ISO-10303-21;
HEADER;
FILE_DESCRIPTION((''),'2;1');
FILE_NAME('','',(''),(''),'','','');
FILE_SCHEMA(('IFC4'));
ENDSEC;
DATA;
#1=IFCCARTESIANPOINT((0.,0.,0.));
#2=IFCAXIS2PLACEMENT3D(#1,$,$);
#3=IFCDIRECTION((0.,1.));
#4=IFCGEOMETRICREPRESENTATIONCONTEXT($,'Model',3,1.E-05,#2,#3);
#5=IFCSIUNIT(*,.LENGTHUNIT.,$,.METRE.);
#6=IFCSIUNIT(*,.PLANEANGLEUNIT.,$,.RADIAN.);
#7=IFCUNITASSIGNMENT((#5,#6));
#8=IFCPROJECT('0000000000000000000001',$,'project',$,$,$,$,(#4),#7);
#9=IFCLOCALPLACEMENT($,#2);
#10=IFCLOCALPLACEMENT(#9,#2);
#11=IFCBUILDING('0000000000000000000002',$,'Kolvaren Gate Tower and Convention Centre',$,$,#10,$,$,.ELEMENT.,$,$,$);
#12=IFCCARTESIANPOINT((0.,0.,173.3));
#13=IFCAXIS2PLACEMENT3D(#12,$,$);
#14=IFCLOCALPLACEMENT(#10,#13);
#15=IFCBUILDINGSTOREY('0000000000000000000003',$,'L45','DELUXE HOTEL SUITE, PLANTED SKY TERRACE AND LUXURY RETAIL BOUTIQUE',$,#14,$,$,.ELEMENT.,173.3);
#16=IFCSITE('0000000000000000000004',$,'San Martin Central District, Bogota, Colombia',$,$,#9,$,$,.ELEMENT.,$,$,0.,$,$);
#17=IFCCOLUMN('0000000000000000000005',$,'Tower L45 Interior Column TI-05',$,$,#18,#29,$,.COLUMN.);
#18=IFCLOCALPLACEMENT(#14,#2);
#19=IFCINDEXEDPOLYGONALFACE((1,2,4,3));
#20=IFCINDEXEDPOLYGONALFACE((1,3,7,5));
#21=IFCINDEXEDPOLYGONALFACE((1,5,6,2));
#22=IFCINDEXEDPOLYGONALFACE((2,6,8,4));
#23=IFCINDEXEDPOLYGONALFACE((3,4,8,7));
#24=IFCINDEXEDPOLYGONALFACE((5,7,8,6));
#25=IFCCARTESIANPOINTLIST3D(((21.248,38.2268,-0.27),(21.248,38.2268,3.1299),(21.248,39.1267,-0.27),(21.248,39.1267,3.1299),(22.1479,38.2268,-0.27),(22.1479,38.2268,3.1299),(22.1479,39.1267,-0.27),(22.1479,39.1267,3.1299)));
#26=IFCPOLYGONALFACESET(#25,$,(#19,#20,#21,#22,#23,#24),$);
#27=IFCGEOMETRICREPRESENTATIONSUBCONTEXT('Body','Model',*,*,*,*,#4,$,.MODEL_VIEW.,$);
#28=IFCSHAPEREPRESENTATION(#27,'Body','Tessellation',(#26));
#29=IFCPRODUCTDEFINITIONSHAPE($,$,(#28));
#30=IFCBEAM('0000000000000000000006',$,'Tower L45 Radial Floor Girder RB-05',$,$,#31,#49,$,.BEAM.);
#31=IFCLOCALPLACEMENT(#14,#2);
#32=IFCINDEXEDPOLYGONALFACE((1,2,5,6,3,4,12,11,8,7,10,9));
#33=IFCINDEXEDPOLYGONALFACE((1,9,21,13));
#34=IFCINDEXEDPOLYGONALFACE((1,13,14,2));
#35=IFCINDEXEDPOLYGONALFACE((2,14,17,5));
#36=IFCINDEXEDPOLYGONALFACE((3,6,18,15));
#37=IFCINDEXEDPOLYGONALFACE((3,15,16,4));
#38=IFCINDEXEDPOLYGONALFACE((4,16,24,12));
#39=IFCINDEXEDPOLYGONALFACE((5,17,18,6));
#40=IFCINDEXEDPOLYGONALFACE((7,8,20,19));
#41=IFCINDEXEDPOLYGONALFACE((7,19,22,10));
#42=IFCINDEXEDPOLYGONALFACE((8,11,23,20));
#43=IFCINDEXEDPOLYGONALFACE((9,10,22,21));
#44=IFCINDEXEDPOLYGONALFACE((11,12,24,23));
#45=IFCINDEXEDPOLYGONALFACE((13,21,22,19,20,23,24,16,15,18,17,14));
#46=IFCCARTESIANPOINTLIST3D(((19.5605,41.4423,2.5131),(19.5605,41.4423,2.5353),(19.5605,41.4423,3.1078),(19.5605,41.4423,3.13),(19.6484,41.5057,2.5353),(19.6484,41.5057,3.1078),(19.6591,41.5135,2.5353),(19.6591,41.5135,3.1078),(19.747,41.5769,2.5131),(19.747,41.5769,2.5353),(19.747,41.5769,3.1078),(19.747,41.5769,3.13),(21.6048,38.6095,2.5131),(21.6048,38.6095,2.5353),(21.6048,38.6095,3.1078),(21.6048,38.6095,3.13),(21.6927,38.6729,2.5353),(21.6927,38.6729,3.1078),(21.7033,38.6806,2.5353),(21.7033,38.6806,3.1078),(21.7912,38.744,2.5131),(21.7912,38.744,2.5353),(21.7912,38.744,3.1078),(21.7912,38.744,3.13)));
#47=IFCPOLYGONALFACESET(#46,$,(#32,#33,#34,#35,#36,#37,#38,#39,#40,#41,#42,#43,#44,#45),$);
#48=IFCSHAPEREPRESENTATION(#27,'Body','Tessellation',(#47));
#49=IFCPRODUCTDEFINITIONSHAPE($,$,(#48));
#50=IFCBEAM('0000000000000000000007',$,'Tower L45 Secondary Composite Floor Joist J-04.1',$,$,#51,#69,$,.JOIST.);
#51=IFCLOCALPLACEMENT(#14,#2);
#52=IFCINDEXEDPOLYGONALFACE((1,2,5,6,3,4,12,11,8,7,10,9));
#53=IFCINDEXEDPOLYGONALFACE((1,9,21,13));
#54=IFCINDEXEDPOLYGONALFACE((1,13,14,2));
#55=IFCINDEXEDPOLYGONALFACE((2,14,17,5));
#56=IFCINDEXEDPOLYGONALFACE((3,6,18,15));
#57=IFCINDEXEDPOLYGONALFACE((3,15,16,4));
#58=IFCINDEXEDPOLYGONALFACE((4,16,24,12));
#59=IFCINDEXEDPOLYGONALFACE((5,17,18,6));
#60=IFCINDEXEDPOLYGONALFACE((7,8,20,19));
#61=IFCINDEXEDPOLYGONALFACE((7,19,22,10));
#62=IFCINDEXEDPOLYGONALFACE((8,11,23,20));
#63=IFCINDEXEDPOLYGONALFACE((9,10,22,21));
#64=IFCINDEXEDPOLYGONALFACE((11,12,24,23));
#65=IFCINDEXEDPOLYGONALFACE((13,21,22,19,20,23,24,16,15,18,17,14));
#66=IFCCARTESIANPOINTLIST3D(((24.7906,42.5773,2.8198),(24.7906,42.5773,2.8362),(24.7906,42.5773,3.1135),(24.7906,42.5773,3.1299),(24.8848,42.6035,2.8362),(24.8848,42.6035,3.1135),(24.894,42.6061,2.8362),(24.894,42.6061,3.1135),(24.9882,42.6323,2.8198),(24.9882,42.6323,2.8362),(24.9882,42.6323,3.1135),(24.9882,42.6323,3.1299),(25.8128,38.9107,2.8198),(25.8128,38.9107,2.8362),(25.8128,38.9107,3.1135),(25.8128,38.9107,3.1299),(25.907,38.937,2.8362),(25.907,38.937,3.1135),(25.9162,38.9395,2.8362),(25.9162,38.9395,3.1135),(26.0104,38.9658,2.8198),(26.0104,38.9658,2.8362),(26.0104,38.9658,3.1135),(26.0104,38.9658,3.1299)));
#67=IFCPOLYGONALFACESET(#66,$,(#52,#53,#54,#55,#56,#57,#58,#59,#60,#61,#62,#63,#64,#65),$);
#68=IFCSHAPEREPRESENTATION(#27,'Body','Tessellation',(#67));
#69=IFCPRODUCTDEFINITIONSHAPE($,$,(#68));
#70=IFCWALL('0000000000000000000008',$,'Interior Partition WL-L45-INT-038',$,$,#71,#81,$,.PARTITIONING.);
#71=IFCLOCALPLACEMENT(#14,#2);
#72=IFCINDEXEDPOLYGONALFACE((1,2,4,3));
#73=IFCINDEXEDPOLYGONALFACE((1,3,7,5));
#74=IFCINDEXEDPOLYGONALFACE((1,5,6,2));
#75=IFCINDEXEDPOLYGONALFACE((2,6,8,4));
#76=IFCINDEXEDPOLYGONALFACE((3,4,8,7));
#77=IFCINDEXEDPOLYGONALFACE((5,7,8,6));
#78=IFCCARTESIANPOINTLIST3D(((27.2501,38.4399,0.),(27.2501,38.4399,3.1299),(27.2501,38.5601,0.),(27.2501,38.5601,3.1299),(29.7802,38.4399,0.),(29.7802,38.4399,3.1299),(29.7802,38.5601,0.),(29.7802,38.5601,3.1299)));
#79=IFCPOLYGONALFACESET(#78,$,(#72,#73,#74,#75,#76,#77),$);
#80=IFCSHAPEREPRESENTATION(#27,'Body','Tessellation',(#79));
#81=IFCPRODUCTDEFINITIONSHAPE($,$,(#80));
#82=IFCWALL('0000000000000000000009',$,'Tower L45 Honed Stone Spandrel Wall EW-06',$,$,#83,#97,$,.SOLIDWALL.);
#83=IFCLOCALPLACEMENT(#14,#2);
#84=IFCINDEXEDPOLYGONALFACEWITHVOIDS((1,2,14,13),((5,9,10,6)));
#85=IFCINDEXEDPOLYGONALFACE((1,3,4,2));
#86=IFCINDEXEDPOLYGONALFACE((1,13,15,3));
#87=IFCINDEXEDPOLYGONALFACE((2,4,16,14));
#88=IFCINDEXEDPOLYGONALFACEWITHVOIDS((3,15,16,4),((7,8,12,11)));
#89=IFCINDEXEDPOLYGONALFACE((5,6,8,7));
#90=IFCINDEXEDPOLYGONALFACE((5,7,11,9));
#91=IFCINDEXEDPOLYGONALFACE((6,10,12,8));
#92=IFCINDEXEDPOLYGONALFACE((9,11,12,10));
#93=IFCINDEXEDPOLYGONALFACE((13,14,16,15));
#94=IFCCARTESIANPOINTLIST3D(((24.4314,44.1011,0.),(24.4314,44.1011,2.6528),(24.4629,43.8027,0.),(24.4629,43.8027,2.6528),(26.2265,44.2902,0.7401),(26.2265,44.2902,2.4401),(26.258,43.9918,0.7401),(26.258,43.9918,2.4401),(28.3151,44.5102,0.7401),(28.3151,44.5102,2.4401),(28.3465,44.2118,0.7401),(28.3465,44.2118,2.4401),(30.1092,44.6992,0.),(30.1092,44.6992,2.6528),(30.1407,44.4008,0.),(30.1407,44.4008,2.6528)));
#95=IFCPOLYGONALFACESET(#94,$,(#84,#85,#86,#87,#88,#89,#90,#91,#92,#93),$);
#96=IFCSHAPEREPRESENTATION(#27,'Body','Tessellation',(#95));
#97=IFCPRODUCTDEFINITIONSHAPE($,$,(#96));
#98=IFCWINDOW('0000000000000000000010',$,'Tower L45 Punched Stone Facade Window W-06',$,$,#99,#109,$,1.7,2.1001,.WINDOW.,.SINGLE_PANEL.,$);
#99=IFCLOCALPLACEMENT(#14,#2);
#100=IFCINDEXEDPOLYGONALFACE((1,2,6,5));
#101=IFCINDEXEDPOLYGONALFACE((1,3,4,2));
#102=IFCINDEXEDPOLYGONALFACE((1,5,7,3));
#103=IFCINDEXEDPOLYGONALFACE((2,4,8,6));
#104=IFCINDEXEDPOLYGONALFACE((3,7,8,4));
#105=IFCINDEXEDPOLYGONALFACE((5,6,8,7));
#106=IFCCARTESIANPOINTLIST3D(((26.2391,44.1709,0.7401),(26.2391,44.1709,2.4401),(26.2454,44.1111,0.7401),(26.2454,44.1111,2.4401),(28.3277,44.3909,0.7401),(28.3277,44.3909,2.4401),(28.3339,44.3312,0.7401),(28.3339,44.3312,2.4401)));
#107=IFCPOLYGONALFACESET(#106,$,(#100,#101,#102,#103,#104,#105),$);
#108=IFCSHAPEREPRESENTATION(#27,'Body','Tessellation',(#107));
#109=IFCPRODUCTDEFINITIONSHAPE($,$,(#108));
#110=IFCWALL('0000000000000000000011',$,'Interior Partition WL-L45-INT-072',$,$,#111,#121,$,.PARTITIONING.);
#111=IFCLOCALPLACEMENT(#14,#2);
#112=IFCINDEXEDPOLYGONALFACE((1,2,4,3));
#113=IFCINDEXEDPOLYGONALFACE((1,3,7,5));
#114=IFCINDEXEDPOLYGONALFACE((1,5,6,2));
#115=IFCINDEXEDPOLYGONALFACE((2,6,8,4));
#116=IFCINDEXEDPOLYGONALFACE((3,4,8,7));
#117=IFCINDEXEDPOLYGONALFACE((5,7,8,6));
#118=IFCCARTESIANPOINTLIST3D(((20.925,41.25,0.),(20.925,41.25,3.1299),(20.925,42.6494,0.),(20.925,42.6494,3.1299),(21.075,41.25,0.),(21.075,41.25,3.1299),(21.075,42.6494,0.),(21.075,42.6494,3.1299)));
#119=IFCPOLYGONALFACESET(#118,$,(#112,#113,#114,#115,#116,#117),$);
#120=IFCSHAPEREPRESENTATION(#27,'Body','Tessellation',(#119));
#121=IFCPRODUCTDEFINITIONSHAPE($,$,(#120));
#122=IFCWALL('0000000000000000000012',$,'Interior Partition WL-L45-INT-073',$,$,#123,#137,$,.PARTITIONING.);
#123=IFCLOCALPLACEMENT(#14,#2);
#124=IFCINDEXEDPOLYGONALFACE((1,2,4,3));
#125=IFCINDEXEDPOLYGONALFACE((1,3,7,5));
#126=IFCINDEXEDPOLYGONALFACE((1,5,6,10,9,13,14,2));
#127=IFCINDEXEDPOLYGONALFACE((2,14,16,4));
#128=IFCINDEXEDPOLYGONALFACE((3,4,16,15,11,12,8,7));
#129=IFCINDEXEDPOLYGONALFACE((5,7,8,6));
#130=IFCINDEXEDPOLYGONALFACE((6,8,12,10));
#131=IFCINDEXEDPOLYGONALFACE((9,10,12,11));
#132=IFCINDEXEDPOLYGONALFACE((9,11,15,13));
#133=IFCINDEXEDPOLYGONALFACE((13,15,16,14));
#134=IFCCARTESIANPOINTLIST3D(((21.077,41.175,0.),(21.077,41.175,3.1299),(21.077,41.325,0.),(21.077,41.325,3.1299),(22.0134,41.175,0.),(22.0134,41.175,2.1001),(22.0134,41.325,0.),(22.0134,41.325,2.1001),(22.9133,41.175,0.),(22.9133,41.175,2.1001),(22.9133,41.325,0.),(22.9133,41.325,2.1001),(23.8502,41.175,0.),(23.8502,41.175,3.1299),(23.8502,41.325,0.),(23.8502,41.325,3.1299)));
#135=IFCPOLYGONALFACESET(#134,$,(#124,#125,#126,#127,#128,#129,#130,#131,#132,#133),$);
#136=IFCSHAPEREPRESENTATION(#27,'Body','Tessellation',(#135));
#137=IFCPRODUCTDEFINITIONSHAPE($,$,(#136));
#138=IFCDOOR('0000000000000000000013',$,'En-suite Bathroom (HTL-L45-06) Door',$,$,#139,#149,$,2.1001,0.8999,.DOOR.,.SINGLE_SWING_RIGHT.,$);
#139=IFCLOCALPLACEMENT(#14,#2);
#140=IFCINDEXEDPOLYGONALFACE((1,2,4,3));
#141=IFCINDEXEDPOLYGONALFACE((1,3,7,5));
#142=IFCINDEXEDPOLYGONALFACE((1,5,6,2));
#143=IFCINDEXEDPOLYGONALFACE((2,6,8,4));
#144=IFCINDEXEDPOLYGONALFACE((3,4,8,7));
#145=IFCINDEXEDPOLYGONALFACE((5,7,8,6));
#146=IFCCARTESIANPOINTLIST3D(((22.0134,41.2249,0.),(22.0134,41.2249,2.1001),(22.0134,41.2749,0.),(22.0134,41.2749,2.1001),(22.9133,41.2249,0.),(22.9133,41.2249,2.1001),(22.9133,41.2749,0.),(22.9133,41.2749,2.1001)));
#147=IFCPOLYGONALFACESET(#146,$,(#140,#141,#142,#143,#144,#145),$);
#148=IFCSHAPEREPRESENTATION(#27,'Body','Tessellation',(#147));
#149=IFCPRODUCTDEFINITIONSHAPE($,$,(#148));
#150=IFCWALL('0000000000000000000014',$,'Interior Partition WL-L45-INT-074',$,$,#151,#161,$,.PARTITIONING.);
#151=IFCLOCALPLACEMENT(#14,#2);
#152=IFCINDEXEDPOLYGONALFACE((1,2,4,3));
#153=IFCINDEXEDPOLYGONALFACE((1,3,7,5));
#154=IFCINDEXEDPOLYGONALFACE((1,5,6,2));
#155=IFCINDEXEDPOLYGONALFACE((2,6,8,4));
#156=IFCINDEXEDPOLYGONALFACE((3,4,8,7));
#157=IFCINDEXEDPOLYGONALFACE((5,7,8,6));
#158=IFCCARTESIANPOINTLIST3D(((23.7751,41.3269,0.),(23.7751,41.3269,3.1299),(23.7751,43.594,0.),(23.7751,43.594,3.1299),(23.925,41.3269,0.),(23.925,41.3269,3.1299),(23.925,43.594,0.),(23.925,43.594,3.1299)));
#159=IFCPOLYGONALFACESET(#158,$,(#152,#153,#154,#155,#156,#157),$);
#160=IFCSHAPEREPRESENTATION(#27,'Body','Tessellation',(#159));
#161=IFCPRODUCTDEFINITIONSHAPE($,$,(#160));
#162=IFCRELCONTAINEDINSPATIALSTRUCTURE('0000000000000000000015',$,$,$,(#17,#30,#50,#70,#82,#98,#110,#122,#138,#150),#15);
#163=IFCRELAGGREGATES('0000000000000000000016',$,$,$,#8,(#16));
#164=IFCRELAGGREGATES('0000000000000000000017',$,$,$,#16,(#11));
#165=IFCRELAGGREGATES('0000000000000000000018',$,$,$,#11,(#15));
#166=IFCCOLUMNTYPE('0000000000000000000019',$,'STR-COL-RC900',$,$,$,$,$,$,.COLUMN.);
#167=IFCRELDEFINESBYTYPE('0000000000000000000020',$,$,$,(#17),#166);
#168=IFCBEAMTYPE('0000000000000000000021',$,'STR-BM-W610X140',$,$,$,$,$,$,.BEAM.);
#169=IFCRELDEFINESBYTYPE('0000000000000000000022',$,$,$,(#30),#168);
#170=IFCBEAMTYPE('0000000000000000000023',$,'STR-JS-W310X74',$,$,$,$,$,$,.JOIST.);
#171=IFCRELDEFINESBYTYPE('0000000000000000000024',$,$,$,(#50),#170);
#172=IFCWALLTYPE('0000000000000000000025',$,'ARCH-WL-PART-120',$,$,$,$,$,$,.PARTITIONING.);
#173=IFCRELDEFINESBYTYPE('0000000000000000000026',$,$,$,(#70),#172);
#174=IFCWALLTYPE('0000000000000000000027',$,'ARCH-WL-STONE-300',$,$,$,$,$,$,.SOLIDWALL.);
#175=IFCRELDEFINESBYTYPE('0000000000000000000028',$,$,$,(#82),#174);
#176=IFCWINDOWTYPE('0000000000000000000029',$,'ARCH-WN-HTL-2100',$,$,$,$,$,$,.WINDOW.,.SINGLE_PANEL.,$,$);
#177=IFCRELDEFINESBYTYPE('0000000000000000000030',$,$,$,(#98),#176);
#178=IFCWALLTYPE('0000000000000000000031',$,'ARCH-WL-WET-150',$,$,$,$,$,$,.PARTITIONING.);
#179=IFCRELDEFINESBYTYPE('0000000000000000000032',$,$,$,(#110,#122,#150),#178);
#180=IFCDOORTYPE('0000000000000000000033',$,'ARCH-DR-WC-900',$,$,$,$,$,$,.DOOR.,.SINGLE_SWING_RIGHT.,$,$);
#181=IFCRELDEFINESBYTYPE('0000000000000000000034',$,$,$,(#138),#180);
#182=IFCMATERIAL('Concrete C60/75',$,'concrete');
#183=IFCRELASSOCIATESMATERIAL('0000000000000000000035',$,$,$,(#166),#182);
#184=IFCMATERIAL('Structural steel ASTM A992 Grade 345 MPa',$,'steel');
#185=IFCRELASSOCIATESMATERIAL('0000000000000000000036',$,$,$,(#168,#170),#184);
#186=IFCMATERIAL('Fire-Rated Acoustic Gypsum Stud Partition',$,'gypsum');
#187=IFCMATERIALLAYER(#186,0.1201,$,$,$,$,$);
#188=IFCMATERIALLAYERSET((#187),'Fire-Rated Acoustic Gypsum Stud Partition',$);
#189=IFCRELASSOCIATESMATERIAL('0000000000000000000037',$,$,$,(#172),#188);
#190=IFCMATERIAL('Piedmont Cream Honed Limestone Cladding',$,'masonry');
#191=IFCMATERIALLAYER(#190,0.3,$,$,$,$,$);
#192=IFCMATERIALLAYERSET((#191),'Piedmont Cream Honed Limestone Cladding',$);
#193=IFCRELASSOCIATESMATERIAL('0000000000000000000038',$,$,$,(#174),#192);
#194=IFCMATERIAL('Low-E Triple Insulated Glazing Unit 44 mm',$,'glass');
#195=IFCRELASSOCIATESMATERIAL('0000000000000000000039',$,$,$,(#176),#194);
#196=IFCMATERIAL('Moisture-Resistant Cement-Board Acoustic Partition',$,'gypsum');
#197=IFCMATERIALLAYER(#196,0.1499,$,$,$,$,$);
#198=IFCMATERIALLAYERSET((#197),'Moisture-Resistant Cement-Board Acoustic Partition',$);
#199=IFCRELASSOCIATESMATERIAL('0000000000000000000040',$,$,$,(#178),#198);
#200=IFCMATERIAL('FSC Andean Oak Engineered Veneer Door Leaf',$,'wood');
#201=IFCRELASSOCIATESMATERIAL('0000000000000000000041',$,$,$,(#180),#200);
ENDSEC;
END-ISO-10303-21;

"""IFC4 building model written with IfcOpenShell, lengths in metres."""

from ifc_helpers import new_model, si_unit, direction, frame, frame_2d, origin, origin_2d, place, context, subcontext, project, spatial, rectangle, i_section, extrude, material, layer, layer_set, material_profile, profile_set, type_object, element, fill, save


model = new_model("IFC4")

# Units and contexts
model_context = context("Model", 3, precision=1e-05, world=origin(), true_north=direction((0.0, 1.0)))
body_context = subcontext(model_context, "Body", "Model", "MODEL_VIEW")
ifc_project = project(units=[si_unit("LENGTHUNIT", "METRE"), si_unit("PLANEANGLEUNIT", "RADIAN")], contexts=[model_context])

# Site, building, storey
site_placement = place(None, origin())
site = spatial("IfcSite", under=ifc_project, at=site_placement, Name="San Martin Central District, Bogota, Colombia", CompositionType="ELEMENT", RefElevation=0.0)
building_placement = place(site_placement, origin())
building = spatial("IfcBuilding", under=site, at=building_placement, Name="Kolvaren Gate Tower and Convention Centre", CompositionType="ELEMENT")
storey_placement = place(building_placement, frame((0.0, 0.0, 173.3)))
storey = spatial("IfcBuildingStorey", under=building, at=storey_placement, Name="L45", Description="DELUXE HOTEL SUITE, PLANTED SKY TERRACE AND LUXURY RETAIL BOUTIQUE", CompositionType="ELEMENT", Elevation=173.3)

# Column
ifc_material_1 = material(Name="Concrete C60/75", Category="concrete")
ifc_material_profile_1 = material_profile(ifc_material_1, rectangle(XDim=0.8999, YDim=0.8999, at=origin_2d()), Name="RC-COL-900X900")
ifc_profile_set_1 = profile_set([ifc_material_profile_1], Name="Concrete C60/75")
column_type = type_object("IfcColumnType", Name="STR-COL-RC900", PredefinedType="COLUMN", material=ifc_profile_set_1)
column_placement = place(storey_placement, frame((21.698, 38.6768, -0.27), z_axis=(0.0, 0.0, 1.0), x_axis=(1.0, 0.0, 0.0)))
element("IfcColumn", 1, at=column_placement, inside=storey, type_object=column_type, Name="Tower L45 Interior Column TI-05", PredefinedType="COLUMN", context=body_context, shape_type="SweptSolid", body=[
    extrude(rectangle(XDim=0.8999, YDim=0.8999, at=origin_2d()), origin(), (0.0, 0.0, 1.0), 3.3999),
])

# Beams
ifc_material_2 = material(Name="Structural steel ASTM A992 Grade 345 MPa", Category="steel")
ifc_material_profile_2 = material_profile(ifc_material_2, i_section(OverallWidth=0.23, OverallDepth=0.6169, WebThickness=0.0132, FlangeThickness=0.0222, at=origin_2d()), Name="W610X140")
ifc_profile_set_2 = profile_set([ifc_material_profile_2], Name="Structural steel ASTM A992 Grade 345 MPa")
beam_type_1 = type_object("IfcBeamType", Name="STR-BM-W610X140", PredefinedType="BEAM", material=ifc_profile_set_2)
beam_1_placement = place(storey_placement, frame((21.698, 38.6768, 2.8215), z_axis=(-0.585172, 0.81091, 0.0), x_axis=(-0.81091, -0.585172, 0.0)))
element("IfcBeam", 2, at=beam_1_placement, inside=storey, type_object=beam_type_1, Name="Tower L45 Radial Floor Girder RB-05", PredefinedType="BEAM", context=body_context, shape_type="SweptSolid", body=[
    extrude(i_section(OverallWidth=0.23, OverallDepth=0.6169, WebThickness=0.0132, FlangeThickness=0.0222, at=origin_2d()), origin(), (0.0, 0.0, 1.0), 3.4934),
])
ifc_material_profile_3 = material_profile(ifc_material_2, i_section(OverallWidth=0.2051, OverallDepth=0.3101, WebThickness=0.0095, FlangeThickness=0.0164, at=origin_2d()), Name="W310X74")
ifc_profile_set_3 = profile_set([ifc_material_profile_3], Name="Structural steel ASTM A992 Grade 345 MPa")
beam_type_2 = type_object("IfcBeamType", Name="STR-JS-W310X74", PredefinedType="JOIST", material=ifc_profile_set_3)
beam_2_placement = place(storey_placement, frame((25.9116, 38.9382, 2.9749), z_axis=(-0.268557, 0.963264, 0.0), x_axis=(-0.963264, -0.268557, 0.0)))
element("IfcBeam", 3, at=beam_2_placement, inside=storey, type_object=beam_type_2, Name="Tower L45 Secondary Composite Floor Joist J-04.1", PredefinedType="JOIST", context=body_context, shape_type="SweptSolid", body=[
    extrude(i_section(OverallWidth=0.2051, OverallDepth=0.3101, WebThickness=0.0095, FlangeThickness=0.0164, at=origin_2d()), origin(), (0.0, 0.0, 1.0), 3.8064),
])

# Wall
ifc_material_3 = material(Name="Fire-Rated Acoustic Gypsum Stud Partition", Category="gypsum")
ifc_layer_1 = layer(ifc_material_3, 0.1201)
ifc_layer_set_1 = layer_set([ifc_layer_1], Name="Fire-Rated Acoustic Gypsum Stud Partition")
wall_type_1 = type_object("IfcWallType", Name="ARCH-WL-PART-120", PredefinedType="PARTITIONING", material=ifc_layer_set_1)
wall_1_placement = place(storey_placement, frame((27.25, 38.5, 0.0), z_axis=(0.0, 0.0, 1.0), x_axis=(1.0, 0.0, 0.0)))
element("IfcWall", 4, at=wall_1_placement, inside=storey, type_object=wall_type_1, Name="Interior Partition WL-L45-INT-038", PredefinedType="PARTITIONING", context=body_context, shape_type="SweptSolid", body=[
    extrude(rectangle(XDim=2.53, YDim=0.1201, at=frame_2d((1.2651, 0.0))), origin(), (0.0, 0.0, 1.0), 3.1299),
])

# Wall, opening, window
ifc_material_4 = material(Name="Piedmont Cream Honed Limestone Cladding", Category="masonry")
ifc_layer_2 = layer(ifc_material_4, 0.3)
ifc_layer_set_2 = layer_set([ifc_layer_2], Name="Piedmont Cream Honed Limestone Cladding")
wall_type_2 = type_object("IfcWallType", Name="ARCH-WL-STONE-300", PredefinedType="SOLIDWALL", material=ifc_layer_set_2)
wall_2_placement = place(storey_placement, frame((24.4473, 43.9519, 0.0), z_axis=(0.0, 0.0, 1.0), x_axis=(0.994497, 0.104769, 0.0)))
wall_2 = element("IfcWall", 5, at=wall_2_placement, inside=storey, type_object=wall_type_2, Name="Tower L45 Honed Stone Spandrel Wall EW-06", PredefinedType="SOLIDWALL", context=body_context, shape_type="SweptSolid", body=[
    extrude(rectangle(XDim=5.7092, YDim=0.3, at=frame_2d((2.8545, 0.0))), origin(), (0.0, 0.0, 1.0), 2.6528),
])
opening_1_placement = place(wall_2_placement, frame((1.8049, 0.0, 0.74)))
opening_1 = element("IfcOpeningElement", 6, at=opening_1_placement, cuts=wall_2, PredefinedType="OPENING", context=body_context, shape_type="SweptSolid", body=[
    extrude(rectangle(XDim=2.1001, YDim=1.7, at=frame_2d((1.05, 0.8501))), frame((0.0, 0.1599, 0.0), z_axis=(0.0, -1.0, 0.0), x_axis=(1.0, 0.0, 0.0)), (0.0, 0.0, 1.0), 0.3201),
])
ifc_material_5 = material(Name="Low-E Triple Insulated Glazing Unit 44 mm", Category="glass")
window_type = type_object("IfcWindowType", Name="ARCH-WN-HTL-2100", PartitioningType="SINGLE_PANEL", PredefinedType="WINDOW", material=ifc_material_5)
window_placement = place(opening_1_placement, origin())
window = element("IfcWindow", 7, at=window_placement, inside=storey, type_object=window_type, Name="Tower L45 Punched Stone Facade Window W-06", OverallHeight=1.7, OverallWidth=2.1001, PartitioningType="SINGLE_PANEL", PredefinedType="WINDOW", context=body_context, shape_type="SweptSolid", body=[
    extrude(rectangle(XDim=2.1001, YDim=1.7, at=frame_2d((1.05, 0.8501))), frame((0.0, 0.03, 0.0), z_axis=(0.0, -1.0, 0.0), x_axis=(1.0, 0.0, 0.0)), (0.0, 0.0, 1.0), 0.0601),
])
fill(opening_1, window)

# Wall
ifc_material_6 = material(Name="Moisture-Resistant Cement-Board Acoustic Partition", Category="gypsum")
ifc_layer_3 = layer(ifc_material_6, 0.1499)
ifc_layer_set_3 = layer_set([ifc_layer_3], Name="Moisture-Resistant Cement-Board Acoustic Partition")
wall_type_3 = type_object("IfcWallType", Name="ARCH-WL-WET-150", PredefinedType="PARTITIONING", material=ifc_layer_set_3)
wall_3_placement = place(storey_placement, frame((21.0, 41.25, 0.0), z_axis=(0.0, 0.0, 1.0), x_axis=(0.0, 1.0, 0.0)))
element("IfcWall", 8, at=wall_3_placement, inside=storey, type_object=wall_type_3, Name="Interior Partition WL-L45-INT-072", PredefinedType="PARTITIONING", context=body_context, shape_type="SweptSolid", body=[
    extrude(rectangle(XDim=1.3994, YDim=0.1499, at=frame_2d((0.6997, 0.0))), origin(), (0.0, 0.0, 1.0), 3.1299),
])

# Wall, opening, door
wall_4_placement = place(storey_placement, frame((21.0769, 41.25, 0.0), z_axis=(0.0, 0.0, 1.0), x_axis=(1.0, 0.0, 0.0)))
wall_4 = element("IfcWall", 9, at=wall_4_placement, inside=storey, type_object=wall_type_3, Name="Interior Partition WL-L45-INT-073", PredefinedType="PARTITIONING", context=body_context, shape_type="SweptSolid", body=[
    extrude(rectangle(XDim=2.7732, YDim=0.1499, at=frame_2d((1.3867, 0.0))), origin(), (0.0, 0.0, 1.0), 3.1299),
])
opening_2_placement = place(wall_4_placement, frame((0.9365, 0.0, 0.0)))
opening_2 = element("IfcOpeningElement", 10, at=opening_2_placement, cuts=wall_4, PredefinedType="OPENING", context=body_context, shape_type="SweptSolid", body=[
    extrude(rectangle(XDim=0.8999, YDim=2.1001, at=frame_2d((0.45, 1.05))), frame((0.0, 0.085, 0.0), z_axis=(0.0, -1.0, 0.0), x_axis=(1.0, 0.0, 0.0)), (0.0, 0.0, 1.0), 0.1699),
])
ifc_material_7 = material(Name="FSC Andean Oak Engineered Veneer Door Leaf", Category="wood")
door_type = type_object("IfcDoorType", Name="ARCH-DR-WC-900", OperationType="SINGLE_SWING_RIGHT", PredefinedType="DOOR", material=ifc_material_7)
door_placement = place(opening_2_placement, origin())
door = element("IfcDoor", 11, at=door_placement, inside=storey, type_object=door_type, Name="En-suite Bathroom (HTL-L45-06) Door", OperationType="SINGLE_SWING_RIGHT", OverallHeight=2.1001, OverallWidth=0.8999, PredefinedType="DOOR", context=body_context, shape_type="SweptSolid", body=[
    extrude(rectangle(XDim=0.8999, YDim=2.1001, at=frame_2d((0.45, 1.05))), frame((0.0, 0.0249, 0.0), z_axis=(0.0, -1.0, 0.0), x_axis=(1.0, 0.0, 0.0)), (0.0, 0.0, 1.0), 0.05),
])
fill(opening_2, door)

# Wall
wall_5_placement = place(storey_placement, frame((23.8501, 41.3269, 0.0), z_axis=(0.0, 0.0, 1.0), x_axis=(0.0, 1.0, 0.0)))
element("IfcWall", 12, at=wall_5_placement, inside=storey, type_object=wall_type_3, Name="Interior Partition WL-L45-INT-074", PredefinedType="PARTITIONING", context=body_context, shape_type="SweptSolid", body=[
    extrude(rectangle(XDim=2.2671, YDim=0.1499, at=frame_2d((1.1335, 0.0))), origin(), (0.0, 0.0, 1.0), 3.1299),
])

save(model, "model.ifc")
